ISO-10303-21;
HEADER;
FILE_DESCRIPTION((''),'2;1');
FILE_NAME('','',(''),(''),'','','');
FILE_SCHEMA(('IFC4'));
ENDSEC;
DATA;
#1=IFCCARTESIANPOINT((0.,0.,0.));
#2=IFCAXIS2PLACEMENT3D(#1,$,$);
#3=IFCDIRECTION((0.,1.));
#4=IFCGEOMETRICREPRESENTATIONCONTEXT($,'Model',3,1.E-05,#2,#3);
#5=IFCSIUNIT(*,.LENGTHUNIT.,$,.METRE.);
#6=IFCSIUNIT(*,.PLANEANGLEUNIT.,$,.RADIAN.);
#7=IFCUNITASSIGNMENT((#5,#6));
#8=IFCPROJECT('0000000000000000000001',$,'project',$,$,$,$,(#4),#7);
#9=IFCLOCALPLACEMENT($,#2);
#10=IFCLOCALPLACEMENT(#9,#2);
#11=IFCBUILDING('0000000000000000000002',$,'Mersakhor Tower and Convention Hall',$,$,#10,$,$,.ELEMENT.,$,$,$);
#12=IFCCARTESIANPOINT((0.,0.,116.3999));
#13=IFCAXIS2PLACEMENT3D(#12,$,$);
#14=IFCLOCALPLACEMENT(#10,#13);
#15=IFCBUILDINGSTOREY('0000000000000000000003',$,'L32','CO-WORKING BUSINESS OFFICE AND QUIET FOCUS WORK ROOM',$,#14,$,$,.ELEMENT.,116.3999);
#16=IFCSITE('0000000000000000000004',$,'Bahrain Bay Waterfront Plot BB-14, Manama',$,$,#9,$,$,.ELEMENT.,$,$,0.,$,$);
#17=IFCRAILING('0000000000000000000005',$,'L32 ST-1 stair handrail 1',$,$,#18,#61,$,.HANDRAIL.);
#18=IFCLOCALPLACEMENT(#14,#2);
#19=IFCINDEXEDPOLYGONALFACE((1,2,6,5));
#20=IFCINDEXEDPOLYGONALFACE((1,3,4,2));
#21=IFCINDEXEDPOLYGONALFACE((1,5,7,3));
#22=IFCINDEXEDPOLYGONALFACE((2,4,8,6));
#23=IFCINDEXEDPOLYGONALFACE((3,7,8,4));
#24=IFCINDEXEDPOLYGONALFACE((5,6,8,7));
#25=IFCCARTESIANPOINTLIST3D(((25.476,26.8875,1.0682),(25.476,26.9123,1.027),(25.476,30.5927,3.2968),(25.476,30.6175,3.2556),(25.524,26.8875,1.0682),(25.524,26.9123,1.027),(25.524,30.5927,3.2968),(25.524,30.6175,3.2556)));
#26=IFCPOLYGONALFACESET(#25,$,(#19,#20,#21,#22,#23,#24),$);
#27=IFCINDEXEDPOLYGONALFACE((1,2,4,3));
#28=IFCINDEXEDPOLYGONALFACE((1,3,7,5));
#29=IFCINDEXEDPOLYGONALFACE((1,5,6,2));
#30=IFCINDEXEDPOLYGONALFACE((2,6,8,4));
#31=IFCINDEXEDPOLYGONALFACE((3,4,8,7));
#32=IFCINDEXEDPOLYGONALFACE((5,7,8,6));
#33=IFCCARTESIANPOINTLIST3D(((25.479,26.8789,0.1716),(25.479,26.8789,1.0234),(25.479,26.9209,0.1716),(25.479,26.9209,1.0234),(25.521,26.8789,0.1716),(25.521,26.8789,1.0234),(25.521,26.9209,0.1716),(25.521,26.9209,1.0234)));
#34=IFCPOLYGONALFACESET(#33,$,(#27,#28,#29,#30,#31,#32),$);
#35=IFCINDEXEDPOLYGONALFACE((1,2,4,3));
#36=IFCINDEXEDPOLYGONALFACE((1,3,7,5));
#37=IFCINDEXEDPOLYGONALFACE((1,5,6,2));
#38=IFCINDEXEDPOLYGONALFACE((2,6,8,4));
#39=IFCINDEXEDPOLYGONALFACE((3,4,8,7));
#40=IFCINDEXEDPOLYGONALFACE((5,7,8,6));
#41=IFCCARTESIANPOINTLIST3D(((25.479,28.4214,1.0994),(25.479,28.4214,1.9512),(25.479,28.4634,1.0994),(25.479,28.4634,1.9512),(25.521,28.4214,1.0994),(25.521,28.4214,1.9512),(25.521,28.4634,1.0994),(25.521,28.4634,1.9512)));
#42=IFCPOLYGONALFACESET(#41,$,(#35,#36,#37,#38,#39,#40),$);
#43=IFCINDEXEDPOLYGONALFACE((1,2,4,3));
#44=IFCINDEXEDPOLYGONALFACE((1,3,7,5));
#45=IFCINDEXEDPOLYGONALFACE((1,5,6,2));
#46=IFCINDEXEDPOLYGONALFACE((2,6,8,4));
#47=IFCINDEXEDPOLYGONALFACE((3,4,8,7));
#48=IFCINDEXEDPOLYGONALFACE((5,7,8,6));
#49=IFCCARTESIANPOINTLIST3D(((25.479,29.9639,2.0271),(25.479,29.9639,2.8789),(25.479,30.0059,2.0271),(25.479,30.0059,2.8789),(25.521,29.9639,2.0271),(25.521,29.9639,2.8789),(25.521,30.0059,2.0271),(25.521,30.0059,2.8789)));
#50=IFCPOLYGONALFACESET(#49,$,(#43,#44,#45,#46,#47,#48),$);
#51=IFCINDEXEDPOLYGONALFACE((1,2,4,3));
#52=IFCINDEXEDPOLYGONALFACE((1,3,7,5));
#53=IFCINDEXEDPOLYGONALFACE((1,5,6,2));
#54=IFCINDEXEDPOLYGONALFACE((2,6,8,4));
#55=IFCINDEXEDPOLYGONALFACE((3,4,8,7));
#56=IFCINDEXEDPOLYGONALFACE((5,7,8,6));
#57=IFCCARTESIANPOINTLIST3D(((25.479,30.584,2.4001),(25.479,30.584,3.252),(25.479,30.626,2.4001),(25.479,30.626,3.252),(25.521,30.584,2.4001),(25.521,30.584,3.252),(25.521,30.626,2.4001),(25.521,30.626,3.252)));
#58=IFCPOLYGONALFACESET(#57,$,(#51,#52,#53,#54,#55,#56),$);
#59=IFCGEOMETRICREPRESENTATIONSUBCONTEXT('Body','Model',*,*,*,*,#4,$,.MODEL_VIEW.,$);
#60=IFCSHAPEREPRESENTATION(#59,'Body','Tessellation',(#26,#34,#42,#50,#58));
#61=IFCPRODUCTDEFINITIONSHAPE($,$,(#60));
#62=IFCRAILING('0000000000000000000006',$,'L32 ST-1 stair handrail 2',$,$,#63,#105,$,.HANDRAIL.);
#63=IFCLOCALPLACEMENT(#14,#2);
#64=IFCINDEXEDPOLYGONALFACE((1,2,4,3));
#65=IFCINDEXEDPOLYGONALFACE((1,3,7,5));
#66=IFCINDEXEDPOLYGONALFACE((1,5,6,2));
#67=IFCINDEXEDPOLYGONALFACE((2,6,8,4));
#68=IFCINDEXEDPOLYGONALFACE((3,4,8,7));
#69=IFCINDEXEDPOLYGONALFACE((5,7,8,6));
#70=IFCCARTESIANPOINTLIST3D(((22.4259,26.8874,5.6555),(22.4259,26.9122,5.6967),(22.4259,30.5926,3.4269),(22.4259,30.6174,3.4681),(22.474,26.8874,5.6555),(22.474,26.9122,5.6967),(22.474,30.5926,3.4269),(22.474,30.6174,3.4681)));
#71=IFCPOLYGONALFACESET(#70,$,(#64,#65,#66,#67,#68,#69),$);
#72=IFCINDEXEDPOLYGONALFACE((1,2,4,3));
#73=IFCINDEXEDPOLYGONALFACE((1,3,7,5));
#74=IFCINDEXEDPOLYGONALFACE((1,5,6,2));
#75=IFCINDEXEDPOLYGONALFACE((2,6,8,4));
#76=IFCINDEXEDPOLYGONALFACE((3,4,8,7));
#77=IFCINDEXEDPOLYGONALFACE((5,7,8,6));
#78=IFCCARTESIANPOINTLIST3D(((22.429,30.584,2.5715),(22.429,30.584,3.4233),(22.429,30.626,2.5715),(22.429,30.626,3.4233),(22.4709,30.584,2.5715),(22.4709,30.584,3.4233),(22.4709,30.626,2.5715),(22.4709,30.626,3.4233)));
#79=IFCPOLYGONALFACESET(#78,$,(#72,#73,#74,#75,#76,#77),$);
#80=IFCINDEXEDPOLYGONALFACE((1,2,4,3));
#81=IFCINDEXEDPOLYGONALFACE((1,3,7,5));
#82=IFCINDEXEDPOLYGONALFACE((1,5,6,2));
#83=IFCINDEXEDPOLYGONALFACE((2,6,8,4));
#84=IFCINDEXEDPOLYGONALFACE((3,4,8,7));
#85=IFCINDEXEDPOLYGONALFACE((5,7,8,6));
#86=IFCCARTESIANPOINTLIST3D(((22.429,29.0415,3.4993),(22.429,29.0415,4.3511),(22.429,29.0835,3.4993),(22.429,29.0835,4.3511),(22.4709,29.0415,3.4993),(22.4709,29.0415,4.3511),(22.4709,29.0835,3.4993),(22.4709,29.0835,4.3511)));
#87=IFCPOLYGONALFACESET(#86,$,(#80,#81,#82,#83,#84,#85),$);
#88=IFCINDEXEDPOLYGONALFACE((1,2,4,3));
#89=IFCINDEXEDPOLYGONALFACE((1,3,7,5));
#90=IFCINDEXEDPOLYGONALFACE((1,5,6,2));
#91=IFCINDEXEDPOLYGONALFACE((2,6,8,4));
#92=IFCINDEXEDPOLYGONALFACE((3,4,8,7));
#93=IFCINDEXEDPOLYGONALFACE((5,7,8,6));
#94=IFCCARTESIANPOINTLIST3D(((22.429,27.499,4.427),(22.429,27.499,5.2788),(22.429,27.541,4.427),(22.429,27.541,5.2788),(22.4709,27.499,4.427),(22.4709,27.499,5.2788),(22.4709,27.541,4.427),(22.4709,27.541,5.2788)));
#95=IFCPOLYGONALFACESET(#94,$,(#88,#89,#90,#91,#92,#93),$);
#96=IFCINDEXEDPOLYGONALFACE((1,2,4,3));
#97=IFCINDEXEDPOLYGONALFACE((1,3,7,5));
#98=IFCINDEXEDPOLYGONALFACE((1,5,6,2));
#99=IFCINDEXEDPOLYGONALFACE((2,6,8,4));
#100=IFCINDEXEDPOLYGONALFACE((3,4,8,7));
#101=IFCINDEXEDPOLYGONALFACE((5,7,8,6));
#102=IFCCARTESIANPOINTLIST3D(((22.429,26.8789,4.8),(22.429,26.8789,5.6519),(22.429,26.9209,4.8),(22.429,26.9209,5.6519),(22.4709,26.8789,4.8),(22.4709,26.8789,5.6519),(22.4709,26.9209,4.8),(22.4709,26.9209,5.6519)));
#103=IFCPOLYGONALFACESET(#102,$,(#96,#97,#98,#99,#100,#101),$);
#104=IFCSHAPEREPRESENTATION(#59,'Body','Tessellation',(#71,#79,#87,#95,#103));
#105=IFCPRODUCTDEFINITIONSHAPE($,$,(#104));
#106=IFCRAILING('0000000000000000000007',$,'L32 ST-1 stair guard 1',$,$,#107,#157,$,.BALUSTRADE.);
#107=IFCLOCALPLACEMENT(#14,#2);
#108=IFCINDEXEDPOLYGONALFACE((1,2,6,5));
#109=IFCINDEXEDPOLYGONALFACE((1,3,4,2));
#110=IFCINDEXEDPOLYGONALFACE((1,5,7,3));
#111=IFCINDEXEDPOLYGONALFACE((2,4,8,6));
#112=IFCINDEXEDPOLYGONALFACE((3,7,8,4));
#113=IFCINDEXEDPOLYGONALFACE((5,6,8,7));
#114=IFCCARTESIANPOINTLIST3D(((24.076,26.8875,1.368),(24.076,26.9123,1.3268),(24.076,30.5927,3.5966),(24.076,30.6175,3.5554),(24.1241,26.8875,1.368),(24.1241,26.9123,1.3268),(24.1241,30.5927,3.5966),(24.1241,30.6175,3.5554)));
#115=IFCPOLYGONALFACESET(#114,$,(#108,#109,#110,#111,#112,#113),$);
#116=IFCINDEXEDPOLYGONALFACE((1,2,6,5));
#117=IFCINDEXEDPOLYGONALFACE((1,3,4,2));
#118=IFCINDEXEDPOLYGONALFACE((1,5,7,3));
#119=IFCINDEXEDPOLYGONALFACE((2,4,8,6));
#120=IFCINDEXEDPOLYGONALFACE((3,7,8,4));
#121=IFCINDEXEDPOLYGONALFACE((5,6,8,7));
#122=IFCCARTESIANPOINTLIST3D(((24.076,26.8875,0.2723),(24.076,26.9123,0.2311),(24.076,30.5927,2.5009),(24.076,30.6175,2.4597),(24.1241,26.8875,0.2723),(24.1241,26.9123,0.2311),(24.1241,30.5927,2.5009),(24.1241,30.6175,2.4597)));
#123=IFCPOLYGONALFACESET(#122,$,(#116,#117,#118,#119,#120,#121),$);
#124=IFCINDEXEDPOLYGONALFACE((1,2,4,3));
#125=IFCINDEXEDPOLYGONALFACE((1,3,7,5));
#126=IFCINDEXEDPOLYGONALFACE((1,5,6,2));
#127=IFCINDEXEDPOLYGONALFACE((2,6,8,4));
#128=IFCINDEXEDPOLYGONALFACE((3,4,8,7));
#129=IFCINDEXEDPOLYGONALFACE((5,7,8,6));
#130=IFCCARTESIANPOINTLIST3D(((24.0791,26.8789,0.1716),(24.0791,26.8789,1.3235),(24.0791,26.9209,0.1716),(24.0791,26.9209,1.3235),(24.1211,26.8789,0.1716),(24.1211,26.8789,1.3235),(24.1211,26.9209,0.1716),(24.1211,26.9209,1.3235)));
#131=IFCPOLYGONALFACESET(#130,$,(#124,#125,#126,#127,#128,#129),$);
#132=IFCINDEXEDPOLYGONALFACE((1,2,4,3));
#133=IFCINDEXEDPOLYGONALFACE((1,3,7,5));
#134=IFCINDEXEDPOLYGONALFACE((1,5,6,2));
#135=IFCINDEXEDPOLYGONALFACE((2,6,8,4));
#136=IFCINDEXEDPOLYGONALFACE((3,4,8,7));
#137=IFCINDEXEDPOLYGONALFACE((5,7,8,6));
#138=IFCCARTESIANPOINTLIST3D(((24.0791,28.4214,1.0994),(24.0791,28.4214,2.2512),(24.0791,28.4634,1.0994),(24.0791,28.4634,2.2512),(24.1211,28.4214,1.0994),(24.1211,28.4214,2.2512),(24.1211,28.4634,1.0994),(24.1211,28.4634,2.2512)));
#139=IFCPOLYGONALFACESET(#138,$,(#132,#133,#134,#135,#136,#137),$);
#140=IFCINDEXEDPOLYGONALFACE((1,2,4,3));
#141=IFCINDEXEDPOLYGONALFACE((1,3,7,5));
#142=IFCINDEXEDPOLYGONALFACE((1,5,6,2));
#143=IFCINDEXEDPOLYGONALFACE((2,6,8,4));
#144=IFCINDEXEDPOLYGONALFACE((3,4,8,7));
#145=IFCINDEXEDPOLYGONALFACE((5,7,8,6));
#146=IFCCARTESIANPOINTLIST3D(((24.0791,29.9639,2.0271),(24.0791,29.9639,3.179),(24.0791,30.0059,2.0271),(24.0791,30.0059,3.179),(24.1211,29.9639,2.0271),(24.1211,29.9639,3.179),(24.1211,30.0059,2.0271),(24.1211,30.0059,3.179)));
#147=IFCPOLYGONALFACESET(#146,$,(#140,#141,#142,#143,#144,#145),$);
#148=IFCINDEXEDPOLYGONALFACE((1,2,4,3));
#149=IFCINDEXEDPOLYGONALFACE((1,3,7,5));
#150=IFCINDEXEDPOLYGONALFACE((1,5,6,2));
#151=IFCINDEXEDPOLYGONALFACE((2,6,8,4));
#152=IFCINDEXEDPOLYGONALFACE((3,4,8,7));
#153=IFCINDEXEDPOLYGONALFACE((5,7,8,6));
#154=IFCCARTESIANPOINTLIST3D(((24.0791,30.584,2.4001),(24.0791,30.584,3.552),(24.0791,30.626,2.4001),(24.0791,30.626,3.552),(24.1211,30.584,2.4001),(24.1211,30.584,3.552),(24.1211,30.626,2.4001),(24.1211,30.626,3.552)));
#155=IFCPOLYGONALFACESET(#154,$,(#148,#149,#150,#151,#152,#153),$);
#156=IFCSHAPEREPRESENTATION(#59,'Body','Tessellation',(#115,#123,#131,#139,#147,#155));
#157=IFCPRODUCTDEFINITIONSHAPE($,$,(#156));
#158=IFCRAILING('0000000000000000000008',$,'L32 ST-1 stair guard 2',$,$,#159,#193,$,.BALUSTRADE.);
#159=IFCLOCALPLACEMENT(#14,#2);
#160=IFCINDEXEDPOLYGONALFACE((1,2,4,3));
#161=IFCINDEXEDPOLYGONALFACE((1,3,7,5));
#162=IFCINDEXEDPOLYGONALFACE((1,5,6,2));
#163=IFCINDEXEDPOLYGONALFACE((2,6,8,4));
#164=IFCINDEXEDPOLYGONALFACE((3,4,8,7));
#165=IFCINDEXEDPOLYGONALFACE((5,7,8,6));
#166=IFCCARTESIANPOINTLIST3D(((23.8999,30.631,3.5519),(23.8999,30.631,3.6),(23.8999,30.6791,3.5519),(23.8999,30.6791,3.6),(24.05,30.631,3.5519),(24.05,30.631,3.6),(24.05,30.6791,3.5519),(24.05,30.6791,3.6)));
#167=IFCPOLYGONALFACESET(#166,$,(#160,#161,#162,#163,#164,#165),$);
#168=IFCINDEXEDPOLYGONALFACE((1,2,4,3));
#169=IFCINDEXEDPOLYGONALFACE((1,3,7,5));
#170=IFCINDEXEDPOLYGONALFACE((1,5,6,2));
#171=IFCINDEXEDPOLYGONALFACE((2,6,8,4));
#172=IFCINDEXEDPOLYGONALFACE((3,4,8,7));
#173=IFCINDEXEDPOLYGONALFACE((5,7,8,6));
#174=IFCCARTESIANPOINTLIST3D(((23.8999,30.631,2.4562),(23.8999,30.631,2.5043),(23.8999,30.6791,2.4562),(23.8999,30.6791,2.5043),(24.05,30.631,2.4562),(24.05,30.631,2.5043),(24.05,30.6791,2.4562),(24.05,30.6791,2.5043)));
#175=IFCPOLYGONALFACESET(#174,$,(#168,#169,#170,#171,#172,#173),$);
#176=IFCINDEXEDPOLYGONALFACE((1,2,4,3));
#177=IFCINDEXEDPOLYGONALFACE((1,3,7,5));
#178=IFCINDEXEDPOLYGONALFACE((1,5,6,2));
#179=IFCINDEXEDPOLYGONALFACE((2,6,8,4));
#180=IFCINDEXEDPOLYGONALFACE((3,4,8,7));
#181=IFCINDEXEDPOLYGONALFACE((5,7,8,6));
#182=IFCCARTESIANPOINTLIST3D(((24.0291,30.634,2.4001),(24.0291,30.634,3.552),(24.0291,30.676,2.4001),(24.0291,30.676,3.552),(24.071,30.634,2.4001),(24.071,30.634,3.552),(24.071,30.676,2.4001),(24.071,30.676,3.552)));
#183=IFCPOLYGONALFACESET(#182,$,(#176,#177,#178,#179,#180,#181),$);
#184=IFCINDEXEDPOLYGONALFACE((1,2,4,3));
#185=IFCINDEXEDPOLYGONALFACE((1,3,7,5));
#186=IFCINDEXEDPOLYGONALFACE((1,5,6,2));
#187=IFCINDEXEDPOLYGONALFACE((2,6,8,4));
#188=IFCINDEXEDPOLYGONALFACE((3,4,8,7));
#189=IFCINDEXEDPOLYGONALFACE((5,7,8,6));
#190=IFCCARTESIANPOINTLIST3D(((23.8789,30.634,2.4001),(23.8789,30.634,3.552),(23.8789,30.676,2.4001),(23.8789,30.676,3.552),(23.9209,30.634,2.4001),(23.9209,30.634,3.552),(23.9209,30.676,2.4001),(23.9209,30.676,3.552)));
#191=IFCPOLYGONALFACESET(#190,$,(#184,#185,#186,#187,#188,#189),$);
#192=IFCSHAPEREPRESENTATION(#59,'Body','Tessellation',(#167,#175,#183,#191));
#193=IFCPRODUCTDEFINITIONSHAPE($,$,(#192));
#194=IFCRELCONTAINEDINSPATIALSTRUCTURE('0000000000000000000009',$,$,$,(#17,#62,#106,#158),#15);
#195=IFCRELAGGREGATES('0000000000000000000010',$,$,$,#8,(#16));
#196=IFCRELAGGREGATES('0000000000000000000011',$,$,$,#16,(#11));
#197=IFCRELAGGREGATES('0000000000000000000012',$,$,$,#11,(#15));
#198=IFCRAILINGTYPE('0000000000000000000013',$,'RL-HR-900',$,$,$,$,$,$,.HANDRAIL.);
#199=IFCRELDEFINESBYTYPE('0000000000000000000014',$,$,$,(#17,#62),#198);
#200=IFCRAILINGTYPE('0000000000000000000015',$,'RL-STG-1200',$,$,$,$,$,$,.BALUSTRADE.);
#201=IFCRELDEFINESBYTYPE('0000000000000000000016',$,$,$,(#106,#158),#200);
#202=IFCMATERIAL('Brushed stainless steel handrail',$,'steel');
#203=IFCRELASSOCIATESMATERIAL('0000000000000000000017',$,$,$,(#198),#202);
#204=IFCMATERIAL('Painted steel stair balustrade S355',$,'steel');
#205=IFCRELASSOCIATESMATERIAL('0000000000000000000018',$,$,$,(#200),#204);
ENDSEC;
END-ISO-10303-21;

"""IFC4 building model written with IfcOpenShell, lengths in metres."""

from ifc_helpers import new_model, si_unit, direction, frame, origin, origin_2d, place, context, subcontext, project, spatial, rectangle, extrude, material, type_object, element, save


model = new_model("IFC4")

# Units and contexts
model_context = context("Model", 3, precision=1e-05, world=origin(), true_north=direction((0.0, 1.0)))
body_context = subcontext(model_context, "Body", "Model", "MODEL_VIEW")
ifc_project = project(units=[si_unit("LENGTHUNIT", "METRE"), si_unit("PLANEANGLEUNIT", "RADIAN")], contexts=[model_context])

# Site, building, storey
site_placement = place(None, origin())
site = spatial("IfcSite", under=ifc_project, at=site_placement, Name="Bahrain Bay Waterfront Plot BB-14, Manama", CompositionType="ELEMENT", RefElevation=0.0)
building_placement = place(site_placement, origin())
building = spatial("IfcBuilding", under=site, at=building_placement, Name="Mersakhor Tower and Convention Hall", CompositionType="ELEMENT")
storey_placement = place(building_placement, frame((0.0, 0.0, 116.3999)))
storey = spatial("IfcBuildingStorey", under=building, at=storey_placement, Name="L32", Description="CO-WORKING BUSINESS OFFICE AND QUIET FOCUS WORK ROOM", CompositionType="ELEMENT", Elevation=116.3999)

# Railings
ifc_material_1 = material(Name="Brushed stainless steel handrail", Category="steel")
railing_type_1 = type_object("IfcRailingType", Name="RL-HR-900", PredefinedType="HANDRAIL", material=ifc_material_1)
railing_1_placement = place(storey_placement, frame((25.5, 26.8999, 0.1716)))
element("IfcRailing", 1, at=railing_1_placement, inside=storey, type_object=railing_type_1, Name="L32 ST-1 stair handrail 1", PredefinedType="HANDRAIL", context=body_context, shape_type="SweptSolid", body=[
    extrude(rectangle(XDim=0.0481, YDim=0.0481, at=origin_2d()), frame((0.0, 0.0, 0.876), z_axis=(0.0, 0.856934, 0.515425), x_axis=(-1.0, 0.0, 0.0)), (0.0, 0.0, 1.0), 4.3237),
    extrude(rectangle(XDim=0.042, YDim=0.042, at=origin_2d()), origin(), (0.0, 0.0, 1.0), 0.8518),
    extrude(rectangle(XDim=0.042, YDim=0.042, at=origin_2d()), frame((0.0, 1.5425, 0.9277)), (0.0, 0.0, 1.0), 0.8518),
    extrude(rectangle(XDim=0.042, YDim=0.042, at=origin_2d()), frame((0.0, 3.085, 1.8555)), (0.0, 0.0, 1.0), 0.8518),
    extrude(rectangle(XDim=0.042, YDim=0.042, at=origin_2d()), frame((0.0, 3.7051, 2.2285)), (0.0, 0.0, 1.0), 0.8518),
])
railing_2_placement = place(storey_placement, frame((22.45, 30.605, 2.5715)))
element("IfcRailing", 2, at=railing_2_placement, inside=storey, type_object=railing_type_1, Name="L32 ST-1 stair handrail 2", PredefinedType="HANDRAIL", context=body_context, shape_type="SweptSolid", body=[
    extrude(rectangle(XDim=0.0481, YDim=0.0481, at=origin_2d()), frame((0.0, 0.0, 0.876), z_axis=(0.0, -0.856934, 0.515425), x_axis=(1.0, 0.0, 0.0)), (0.0, 0.0, 1.0), 4.3237),
    extrude(rectangle(XDim=0.042, YDim=0.042, at=origin_2d()), origin(), (0.0, 0.0, 1.0), 0.8518),
    extrude(rectangle(XDim=0.042, YDim=0.042, at=origin_2d()), frame((0.0, -1.5425, 0.9277)), (0.0, 0.0, 1.0), 0.8518),
    extrude(rectangle(XDim=0.042, YDim=0.042, at=origin_2d()), frame((0.0, -3.085, 1.8555)), (0.0, 0.0, 1.0), 0.8518),
    extrude(rectangle(XDim=0.042, YDim=0.042, at=origin_2d()), frame((0.0, -3.7051, 2.2285)), (0.0, 0.0, 1.0), 0.8518),
])
ifc_material_2 = material(Name="Painted steel stair balustrade S355", Category="steel")
railing_type_2 = type_object("IfcRailingType", Name="RL-STG-1200", PredefinedType="BALUSTRADE", material=ifc_material_2)
railing_3_placement = place(storey_placement, frame((24.1001, 26.8999, 0.1716)))
element("IfcRailing", 3, at=railing_3_placement, inside=storey, type_object=railing_type_2, Name="L32 ST-1 stair guard 1", PredefinedType="BALUSTRADE", context=body_context, shape_type="SweptSolid", body=[
    extrude(rectangle(XDim=0.0481, YDim=0.0481, at=origin_2d()), frame((0.0, 0.0, 1.1758), z_axis=(0.0, 0.856934, 0.515425), x_axis=(-1.0, 0.0, 0.0)), (0.0, 0.0, 1.0), 4.3237),
    extrude(rectangle(XDim=0.0481, YDim=0.0481, at=origin_2d()), frame((0.0, 0.0, 0.0801), z_axis=(0.0, 0.856934, 0.515425), x_axis=(-1.0, 0.0, 0.0)), (0.0, 0.0, 1.0), 4.3237),
    extrude(rectangle(XDim=0.042, YDim=0.042, at=origin_2d()), origin(), (0.0, 0.0, 1.0), 1.1519),
    extrude(rectangle(XDim=0.042, YDim=0.042, at=origin_2d()), frame((0.0, 1.5425, 0.9277)), (0.0, 0.0, 1.0), 1.1519),
    extrude(rectangle(XDim=0.042, YDim=0.042, at=origin_2d()), frame((0.0, 3.085, 1.8555)), (0.0, 0.0, 1.0), 1.1519),
    extrude(rectangle(XDim=0.042, YDim=0.042, at=origin_2d()), frame((0.0, 3.7051, 2.2285)), (0.0, 0.0, 1.0), 1.1519),
])
railing_4_placement = place(storey_placement, frame((24.05, 30.655, 2.4001)))
element("IfcRailing", 4, at=railing_4_placement, inside=storey, type_object=railing_type_2, Name="L32 ST-1 stair guard 2", PredefinedType="BALUSTRADE", context=body_context, shape_type="SweptSolid", body=[
    extrude(rectangle(XDim=0.0481, YDim=0.0481, at=origin_2d()), frame((0.0, 0.0, 1.1758), z_axis=(-1.0, 0.0, 0.0), x_axis=(0.0, -1.0, 0.0)), (0.0, 0.0, 1.0), 0.1501),
    extrude(rectangle(XDim=0.0481, YDim=0.0481, at=origin_2d()), frame((0.0, 0.0, 0.0801), z_axis=(-1.0, 0.0, 0.0), x_axis=(0.0, -1.0, 0.0)), (0.0, 0.0, 1.0), 0.1501),
    extrude(rectangle(XDim=0.042, YDim=0.042, at=origin_2d()), origin(), (0.0, 0.0, 1.0), 1.1519),
    extrude(rectangle(XDim=0.042, YDim=0.042, at=origin_2d()), frame((-0.1501, 0.0, 0.0)), (0.0, 0.0, 1.0), 1.1519),
])

save(model, "model.ifc")
